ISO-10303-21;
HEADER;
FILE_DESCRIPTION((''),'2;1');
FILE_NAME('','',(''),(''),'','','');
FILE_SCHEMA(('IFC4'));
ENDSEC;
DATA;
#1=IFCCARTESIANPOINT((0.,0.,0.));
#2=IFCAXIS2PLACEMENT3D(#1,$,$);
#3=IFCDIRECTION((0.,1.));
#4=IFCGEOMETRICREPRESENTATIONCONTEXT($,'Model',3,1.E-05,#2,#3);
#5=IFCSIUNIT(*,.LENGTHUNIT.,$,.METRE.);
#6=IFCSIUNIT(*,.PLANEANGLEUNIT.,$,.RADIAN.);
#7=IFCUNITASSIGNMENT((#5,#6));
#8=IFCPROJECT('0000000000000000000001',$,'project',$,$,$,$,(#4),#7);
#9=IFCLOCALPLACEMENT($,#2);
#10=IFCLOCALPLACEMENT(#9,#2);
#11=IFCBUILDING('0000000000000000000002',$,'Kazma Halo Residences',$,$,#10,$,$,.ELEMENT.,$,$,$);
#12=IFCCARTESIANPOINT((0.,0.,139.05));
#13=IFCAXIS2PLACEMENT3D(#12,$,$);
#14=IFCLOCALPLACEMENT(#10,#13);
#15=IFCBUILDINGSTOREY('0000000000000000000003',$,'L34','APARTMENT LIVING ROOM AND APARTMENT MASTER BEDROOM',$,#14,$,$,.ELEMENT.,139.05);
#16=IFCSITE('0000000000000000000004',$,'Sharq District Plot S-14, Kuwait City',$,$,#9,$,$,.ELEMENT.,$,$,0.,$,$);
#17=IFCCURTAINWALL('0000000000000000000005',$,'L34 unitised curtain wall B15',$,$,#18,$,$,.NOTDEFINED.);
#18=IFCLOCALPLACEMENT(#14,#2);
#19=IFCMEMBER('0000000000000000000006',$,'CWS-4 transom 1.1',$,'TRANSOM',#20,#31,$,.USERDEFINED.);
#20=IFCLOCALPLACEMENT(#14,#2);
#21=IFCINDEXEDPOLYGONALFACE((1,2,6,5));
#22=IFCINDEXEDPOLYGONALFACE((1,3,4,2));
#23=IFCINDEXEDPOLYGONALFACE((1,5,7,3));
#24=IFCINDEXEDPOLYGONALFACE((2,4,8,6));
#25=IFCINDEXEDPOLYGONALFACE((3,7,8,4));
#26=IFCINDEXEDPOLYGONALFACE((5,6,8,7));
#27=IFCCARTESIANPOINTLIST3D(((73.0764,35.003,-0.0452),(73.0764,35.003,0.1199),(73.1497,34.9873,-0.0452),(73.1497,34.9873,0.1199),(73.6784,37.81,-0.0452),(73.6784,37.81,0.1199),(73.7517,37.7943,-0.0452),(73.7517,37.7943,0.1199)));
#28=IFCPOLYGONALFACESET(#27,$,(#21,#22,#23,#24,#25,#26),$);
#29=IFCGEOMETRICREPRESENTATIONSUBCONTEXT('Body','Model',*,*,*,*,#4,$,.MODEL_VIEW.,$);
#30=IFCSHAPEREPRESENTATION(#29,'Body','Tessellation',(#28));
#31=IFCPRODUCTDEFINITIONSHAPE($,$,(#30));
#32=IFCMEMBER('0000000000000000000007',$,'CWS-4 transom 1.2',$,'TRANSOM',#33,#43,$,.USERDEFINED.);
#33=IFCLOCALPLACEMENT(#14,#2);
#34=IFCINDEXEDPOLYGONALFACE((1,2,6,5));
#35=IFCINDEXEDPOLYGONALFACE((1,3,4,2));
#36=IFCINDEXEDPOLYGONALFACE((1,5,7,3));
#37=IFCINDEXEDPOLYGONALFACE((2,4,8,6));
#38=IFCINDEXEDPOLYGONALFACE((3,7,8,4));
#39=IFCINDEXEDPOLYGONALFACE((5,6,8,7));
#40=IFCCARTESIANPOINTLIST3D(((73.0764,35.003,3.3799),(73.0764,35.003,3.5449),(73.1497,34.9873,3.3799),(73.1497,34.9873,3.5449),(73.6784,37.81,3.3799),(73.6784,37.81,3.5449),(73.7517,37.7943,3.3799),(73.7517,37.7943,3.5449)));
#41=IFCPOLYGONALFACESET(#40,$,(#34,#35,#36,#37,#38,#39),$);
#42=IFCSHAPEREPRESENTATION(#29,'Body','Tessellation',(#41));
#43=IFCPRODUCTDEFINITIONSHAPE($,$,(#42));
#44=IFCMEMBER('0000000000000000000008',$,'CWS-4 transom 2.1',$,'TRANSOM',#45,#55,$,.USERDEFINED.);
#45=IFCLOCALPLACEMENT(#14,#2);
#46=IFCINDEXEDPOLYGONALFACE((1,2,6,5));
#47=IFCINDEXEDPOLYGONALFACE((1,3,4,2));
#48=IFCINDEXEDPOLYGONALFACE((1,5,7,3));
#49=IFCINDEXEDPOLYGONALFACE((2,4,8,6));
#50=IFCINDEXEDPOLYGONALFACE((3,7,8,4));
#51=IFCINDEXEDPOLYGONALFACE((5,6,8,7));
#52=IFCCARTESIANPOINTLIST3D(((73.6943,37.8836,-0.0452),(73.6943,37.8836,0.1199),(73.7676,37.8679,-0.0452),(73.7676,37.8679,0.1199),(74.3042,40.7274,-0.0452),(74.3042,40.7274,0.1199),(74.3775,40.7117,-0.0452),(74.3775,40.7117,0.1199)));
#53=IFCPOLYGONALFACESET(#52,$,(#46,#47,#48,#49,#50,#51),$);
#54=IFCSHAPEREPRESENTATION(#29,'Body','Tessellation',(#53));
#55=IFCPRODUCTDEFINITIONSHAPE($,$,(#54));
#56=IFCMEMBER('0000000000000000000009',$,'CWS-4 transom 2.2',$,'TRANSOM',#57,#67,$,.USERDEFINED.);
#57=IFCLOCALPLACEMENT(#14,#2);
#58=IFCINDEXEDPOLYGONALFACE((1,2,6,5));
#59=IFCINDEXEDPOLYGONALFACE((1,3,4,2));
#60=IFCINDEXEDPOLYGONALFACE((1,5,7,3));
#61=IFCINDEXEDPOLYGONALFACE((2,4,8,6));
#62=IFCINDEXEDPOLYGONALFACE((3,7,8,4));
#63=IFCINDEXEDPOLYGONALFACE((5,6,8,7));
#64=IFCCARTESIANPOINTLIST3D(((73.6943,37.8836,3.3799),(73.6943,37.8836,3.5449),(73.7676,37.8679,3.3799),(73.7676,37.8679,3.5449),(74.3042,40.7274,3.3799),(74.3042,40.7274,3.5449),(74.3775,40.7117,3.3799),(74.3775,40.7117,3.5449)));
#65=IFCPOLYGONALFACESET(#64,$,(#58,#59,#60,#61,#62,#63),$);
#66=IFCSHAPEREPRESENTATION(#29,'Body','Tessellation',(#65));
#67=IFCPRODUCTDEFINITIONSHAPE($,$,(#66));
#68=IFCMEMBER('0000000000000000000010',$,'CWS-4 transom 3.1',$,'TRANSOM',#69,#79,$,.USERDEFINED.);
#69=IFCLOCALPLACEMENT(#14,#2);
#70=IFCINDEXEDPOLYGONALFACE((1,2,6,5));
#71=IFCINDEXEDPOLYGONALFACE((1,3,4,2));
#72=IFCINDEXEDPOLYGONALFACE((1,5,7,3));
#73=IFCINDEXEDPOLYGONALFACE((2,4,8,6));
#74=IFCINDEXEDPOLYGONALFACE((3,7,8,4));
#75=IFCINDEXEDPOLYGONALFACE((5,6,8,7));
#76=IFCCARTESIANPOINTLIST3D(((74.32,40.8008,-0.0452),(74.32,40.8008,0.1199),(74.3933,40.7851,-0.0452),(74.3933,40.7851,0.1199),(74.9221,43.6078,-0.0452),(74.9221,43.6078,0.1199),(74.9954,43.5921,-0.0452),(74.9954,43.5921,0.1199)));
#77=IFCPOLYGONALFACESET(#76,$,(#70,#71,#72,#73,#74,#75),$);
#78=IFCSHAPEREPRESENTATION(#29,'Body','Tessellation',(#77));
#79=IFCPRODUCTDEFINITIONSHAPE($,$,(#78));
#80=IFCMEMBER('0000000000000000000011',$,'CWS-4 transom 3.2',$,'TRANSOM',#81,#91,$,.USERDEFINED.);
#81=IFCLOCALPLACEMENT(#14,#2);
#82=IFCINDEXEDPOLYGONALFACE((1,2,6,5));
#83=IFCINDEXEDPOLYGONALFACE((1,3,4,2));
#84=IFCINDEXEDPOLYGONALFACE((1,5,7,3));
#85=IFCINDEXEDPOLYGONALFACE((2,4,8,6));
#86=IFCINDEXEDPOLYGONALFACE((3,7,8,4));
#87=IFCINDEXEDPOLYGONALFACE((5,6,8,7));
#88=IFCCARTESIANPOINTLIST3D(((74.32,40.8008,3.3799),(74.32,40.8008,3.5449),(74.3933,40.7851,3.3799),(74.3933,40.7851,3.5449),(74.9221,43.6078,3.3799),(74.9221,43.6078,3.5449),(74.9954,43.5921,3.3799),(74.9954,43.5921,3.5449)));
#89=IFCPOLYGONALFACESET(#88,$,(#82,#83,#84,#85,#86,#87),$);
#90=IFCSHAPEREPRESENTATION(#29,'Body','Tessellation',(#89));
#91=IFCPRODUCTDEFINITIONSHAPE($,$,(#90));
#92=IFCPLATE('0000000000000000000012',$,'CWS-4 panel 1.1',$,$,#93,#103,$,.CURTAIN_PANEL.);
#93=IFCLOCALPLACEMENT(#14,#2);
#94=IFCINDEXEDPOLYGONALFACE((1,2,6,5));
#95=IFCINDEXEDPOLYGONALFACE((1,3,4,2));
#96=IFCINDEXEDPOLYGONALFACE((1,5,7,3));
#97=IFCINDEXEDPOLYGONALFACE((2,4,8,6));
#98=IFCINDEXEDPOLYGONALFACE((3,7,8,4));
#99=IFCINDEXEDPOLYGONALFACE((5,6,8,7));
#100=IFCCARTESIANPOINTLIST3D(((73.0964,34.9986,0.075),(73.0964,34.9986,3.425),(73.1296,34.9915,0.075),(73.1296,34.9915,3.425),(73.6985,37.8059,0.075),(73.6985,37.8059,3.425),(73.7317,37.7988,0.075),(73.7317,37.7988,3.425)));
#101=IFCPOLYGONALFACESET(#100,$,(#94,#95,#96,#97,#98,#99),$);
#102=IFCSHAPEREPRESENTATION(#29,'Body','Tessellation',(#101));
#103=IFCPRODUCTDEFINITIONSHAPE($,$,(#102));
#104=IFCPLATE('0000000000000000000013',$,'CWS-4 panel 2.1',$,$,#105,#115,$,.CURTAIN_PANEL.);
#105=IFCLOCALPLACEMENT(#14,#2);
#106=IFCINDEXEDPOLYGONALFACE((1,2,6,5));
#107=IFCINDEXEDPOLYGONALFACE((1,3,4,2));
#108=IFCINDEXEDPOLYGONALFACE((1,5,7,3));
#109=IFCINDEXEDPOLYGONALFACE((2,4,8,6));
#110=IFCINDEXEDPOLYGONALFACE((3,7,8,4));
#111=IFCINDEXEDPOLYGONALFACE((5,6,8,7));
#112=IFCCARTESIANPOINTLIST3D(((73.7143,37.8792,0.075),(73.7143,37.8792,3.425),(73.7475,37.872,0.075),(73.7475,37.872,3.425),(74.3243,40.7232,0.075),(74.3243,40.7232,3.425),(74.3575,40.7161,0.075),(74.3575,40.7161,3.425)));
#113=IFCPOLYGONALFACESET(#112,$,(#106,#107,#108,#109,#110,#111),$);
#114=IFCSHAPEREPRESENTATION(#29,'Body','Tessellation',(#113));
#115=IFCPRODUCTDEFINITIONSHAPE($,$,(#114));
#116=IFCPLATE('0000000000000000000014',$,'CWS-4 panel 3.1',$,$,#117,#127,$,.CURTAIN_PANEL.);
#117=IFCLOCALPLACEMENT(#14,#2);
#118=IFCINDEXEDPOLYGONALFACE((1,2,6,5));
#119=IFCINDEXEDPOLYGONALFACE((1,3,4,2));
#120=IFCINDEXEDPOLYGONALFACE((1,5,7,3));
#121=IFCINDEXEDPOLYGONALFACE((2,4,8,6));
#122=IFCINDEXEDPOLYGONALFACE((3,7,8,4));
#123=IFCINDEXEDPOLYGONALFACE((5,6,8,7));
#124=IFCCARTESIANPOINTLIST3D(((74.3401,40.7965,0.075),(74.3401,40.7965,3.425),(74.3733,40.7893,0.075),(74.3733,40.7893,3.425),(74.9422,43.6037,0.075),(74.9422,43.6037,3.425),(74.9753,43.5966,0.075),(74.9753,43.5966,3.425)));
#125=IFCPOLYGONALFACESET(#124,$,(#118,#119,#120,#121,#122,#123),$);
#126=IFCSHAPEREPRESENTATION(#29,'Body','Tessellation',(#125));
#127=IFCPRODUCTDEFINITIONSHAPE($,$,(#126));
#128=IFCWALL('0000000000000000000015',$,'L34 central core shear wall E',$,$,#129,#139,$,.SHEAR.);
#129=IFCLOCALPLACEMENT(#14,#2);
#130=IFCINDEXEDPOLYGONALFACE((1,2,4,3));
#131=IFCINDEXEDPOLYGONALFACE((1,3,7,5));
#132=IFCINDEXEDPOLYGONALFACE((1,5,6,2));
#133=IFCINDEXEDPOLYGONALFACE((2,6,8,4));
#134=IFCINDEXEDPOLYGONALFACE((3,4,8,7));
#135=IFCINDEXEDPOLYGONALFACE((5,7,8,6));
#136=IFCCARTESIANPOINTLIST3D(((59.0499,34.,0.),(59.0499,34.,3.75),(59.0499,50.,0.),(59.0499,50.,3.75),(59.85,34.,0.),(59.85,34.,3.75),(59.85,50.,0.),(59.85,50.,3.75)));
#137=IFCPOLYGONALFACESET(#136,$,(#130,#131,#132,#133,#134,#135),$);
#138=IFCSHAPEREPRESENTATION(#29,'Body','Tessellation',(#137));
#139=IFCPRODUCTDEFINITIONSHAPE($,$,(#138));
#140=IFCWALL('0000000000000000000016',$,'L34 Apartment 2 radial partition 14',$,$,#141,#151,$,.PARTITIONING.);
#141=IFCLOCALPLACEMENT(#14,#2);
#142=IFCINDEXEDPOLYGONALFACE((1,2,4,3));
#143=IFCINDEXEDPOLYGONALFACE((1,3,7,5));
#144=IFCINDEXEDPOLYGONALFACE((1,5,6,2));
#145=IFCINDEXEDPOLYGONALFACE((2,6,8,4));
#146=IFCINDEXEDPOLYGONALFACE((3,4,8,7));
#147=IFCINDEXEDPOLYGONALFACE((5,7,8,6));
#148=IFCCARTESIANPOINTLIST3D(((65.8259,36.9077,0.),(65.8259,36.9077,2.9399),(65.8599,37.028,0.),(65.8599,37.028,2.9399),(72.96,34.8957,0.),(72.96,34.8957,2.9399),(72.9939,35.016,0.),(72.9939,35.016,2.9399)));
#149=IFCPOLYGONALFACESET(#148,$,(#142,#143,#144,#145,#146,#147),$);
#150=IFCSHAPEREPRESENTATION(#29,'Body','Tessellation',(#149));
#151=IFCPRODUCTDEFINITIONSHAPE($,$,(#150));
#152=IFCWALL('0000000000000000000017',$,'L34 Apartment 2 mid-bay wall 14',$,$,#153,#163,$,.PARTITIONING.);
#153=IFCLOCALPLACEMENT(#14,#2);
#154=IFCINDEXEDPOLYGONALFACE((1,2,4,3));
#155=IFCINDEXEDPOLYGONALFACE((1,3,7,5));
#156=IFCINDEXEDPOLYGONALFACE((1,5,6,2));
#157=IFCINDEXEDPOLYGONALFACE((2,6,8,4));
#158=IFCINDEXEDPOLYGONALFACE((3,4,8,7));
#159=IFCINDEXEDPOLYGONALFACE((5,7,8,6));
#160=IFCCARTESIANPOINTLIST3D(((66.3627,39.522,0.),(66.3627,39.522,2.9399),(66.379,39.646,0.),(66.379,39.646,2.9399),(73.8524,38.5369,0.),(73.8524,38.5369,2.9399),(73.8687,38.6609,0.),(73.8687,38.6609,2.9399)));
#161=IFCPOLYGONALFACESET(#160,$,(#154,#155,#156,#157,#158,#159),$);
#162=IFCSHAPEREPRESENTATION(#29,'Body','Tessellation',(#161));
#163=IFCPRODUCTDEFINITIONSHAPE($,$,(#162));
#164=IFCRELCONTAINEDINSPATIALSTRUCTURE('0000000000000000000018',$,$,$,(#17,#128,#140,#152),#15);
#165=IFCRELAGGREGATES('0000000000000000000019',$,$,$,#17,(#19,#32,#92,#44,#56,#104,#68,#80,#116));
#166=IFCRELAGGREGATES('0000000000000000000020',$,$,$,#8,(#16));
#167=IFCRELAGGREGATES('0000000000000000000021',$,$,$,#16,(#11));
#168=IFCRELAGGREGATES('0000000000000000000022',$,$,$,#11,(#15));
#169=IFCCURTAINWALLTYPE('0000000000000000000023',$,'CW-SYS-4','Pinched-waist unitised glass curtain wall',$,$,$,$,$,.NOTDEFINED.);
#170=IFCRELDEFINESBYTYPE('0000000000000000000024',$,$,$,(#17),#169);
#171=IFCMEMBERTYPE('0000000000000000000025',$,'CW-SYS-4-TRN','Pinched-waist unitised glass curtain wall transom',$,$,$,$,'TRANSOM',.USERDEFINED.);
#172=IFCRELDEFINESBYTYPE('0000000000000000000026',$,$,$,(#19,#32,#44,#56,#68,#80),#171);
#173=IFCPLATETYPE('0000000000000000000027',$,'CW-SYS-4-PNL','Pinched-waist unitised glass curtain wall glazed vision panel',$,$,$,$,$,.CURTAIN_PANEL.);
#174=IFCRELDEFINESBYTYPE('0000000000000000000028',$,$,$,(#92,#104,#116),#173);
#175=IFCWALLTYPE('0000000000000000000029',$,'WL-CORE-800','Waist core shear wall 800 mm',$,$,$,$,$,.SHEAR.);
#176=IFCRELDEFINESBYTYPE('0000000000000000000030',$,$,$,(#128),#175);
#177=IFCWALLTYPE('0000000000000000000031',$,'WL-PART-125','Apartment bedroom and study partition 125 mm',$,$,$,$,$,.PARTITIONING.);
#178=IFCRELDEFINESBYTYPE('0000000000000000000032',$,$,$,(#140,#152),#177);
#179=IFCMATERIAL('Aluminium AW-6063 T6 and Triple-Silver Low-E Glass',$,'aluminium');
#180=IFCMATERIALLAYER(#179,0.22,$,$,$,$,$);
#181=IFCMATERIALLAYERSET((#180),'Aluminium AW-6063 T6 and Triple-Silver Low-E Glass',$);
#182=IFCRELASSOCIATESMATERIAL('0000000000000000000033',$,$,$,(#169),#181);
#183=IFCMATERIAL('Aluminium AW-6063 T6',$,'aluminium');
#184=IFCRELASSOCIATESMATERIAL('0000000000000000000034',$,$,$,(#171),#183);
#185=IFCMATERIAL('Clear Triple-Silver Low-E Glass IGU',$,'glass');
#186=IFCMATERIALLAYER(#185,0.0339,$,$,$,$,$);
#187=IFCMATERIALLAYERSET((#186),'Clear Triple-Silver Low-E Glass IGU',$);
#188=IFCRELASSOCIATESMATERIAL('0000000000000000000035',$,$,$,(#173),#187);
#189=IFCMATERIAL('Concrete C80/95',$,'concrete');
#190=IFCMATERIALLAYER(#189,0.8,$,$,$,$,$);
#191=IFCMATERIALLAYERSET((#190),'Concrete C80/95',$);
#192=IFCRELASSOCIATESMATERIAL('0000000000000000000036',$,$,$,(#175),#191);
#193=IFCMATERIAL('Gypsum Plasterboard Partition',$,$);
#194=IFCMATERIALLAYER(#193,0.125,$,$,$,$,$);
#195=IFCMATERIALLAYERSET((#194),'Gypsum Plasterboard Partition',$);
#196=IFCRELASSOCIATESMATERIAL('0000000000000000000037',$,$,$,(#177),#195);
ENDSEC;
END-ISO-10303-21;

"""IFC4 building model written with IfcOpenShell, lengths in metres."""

from ifc_helpers import new_model, si_unit, direction, frame, frame_2d, origin, origin_2d, place, context, subcontext, project, spatial, rectangle, extrude, material, layer, layer_set, material_profile, profile_set, type_object, element, aggregate, save


model = new_model("IFC4")

# Units and contexts
model_context = context("Model", 3, precision=1e-05, world=origin(), true_north=direction((0.0, 1.0)))
body_context = subcontext(model_context, "Body", "Model", "MODEL_VIEW")
ifc_project = project(units=[si_unit("LENGTHUNIT", "METRE"), si_unit("PLANEANGLEUNIT", "RADIAN")], contexts=[model_context])

# Site, building, storey
site_placement = place(None, origin())
site = spatial("IfcSite", under=ifc_project, at=site_placement, Name="Sharq District Plot S-14, Kuwait City", CompositionType="ELEMENT", RefElevation=0.0)
building_placement = place(site_placement, origin())
building = spatial("IfcBuilding", under=site, at=building_placement, Name="Kazma Halo Residences", CompositionType="ELEMENT")
storey_placement = place(building_placement, frame((0.0, 0.0, 139.05)))
storey = spatial("IfcBuildingStorey", under=building, at=storey_placement, Name="L34", Description="APARTMENT LIVING ROOM AND APARTMENT MASTER BEDROOM", CompositionType="ELEMENT", Elevation=139.05)

# Shared definitions
ifc_material_1 = material(Name="Concrete C80/95", Category="concrete")

# Curtain wall, members, plates
ifc_material_2 = material(Name="Aluminium AW-6063 T6 and Triple-Silver Low-E Glass", Category="aluminium")
ifc_layer_1 = layer(ifc_material_2, 0.22)
ifc_layer_set_1 = layer_set([ifc_layer_1], Name="Aluminium AW-6063 T6 and Triple-Silver Low-E Glass")
curtain_wall_type = type_object("IfcCurtainWallType", Name="CW-SYS-4", Description="Pinched-waist unitised glass curtain wall", PredefinedType="NOTDEFINED", material=ifc_layer_set_1)
curtain_wall_placement = place(storey_placement, origin())
curtain_wall = element("IfcCurtainWall", 1, at=curtain_wall_placement, inside=storey, type_object=curtain_wall_type, Name="L34 unitised curtain wall B15", PredefinedType="NOTDEFINED")
ifc_material_3 = material(Name="Aluminium AW-6063 T6", Category="aluminium")
ifc_material_profile_1 = material_profile(ifc_material_3, rectangle(XDim=0.075, YDim=0.165, at=origin_2d()), Name="CWT-75x165")
ifc_profile_set_1 = profile_set([ifc_material_profile_1], Name="Aluminium AW-6063 T6")
member_type_1 = type_object("IfcMemberType", Name="CW-SYS-4-TRN", Description="Pinched-waist unitised glass curtain wall transom", ElementType="TRANSOM", PredefinedType="USERDEFINED", material=ifc_profile_set_1)
member_1_placement = place(storey_placement, frame((73.113, 34.9951, 0.0374), z_axis=(0.209703, 0.977765, 0.0), x_axis=(-0.977765, 0.209703, 0.0)))
member_1 = element("IfcMember", 2, at=member_1_placement, type_object=member_type_1, Name="CWS-4 transom 1.1", ObjectType="TRANSOM", PredefinedType="USERDEFINED", context=body_context, shape_type="SweptSolid", body=[
    extrude(rectangle(XDim=0.075, YDim=0.165, at=origin_2d()), origin(), (0.0, 0.0, 1.0), 2.8708),
])
member_2_placement = place(storey_placement, frame((73.113, 34.9951, 3.4624), z_axis=(0.209703, 0.977765, 0.0), x_axis=(-0.977765, 0.209703, 0.0)))
member_2 = element("IfcMember", 3, at=member_2_placement, type_object=member_type_1, Name="CWS-4 transom 1.2", ObjectType="TRANSOM", PredefinedType="USERDEFINED", context=body_context, shape_type="SweptSolid", body=[
    extrude(rectangle(XDim=0.075, YDim=0.165, at=origin_2d()), origin(), (0.0, 0.0, 1.0), 2.8708),
])
member_3_placement = place(storey_placement, frame((73.731, 37.8757, 0.0374), z_axis=(0.20969, 0.977768, 0.0), x_axis=(-0.977768, 0.20969, 0.0)))
member_3 = element("IfcMember", 4, at=member_3_placement, type_object=member_type_1, Name="CWS-4 transom 2.1", ObjectType="TRANSOM", PredefinedType="USERDEFINED", context=body_context, shape_type="SweptSolid", body=[
    extrude(rectangle(XDim=0.075, YDim=0.165, at=origin_2d()), origin(), (0.0, 0.0, 1.0), 2.9084),
])
member_4_placement = place(storey_placement, frame((73.731, 37.8757, 3.4624), z_axis=(0.20969, 0.977768, 0.0), x_axis=(-0.977768, 0.20969, 0.0)))
member_4 = element("IfcMember", 5, at=member_4_placement, type_object=member_type_1, Name="CWS-4 transom 2.2", ObjectType="TRANSOM", PredefinedType="USERDEFINED", context=body_context, shape_type="SweptSolid", body=[
    extrude(rectangle(XDim=0.075, YDim=0.165, at=origin_2d()), origin(), (0.0, 0.0, 1.0), 2.9084),
])
member_5_placement = place(storey_placement, frame((74.3567, 40.793, 0.0374), z_axis=(0.209703, 0.977765, 0.0), x_axis=(-0.977765, 0.209703, 0.0)))
member_5 = element("IfcMember", 6, at=member_5_placement, type_object=member_type_1, Name="CWS-4 transom 3.1", ObjectType="TRANSOM", PredefinedType="USERDEFINED", context=body_context, shape_type="SweptSolid", body=[
    extrude(rectangle(XDim=0.075, YDim=0.165, at=origin_2d()), origin(), (0.0, 0.0, 1.0), 2.8708),
])
member_6_placement = place(storey_placement, frame((74.3567, 40.793, 3.4624), z_axis=(0.209703, 0.977765, 0.0), x_axis=(-0.977765, 0.209703, 0.0)))
member_6 = element("IfcMember", 7, at=member_6_placement, type_object=member_type_1, Name="CWS-4 transom 3.2", ObjectType="TRANSOM", PredefinedType="USERDEFINED", context=body_context, shape_type="SweptSolid", body=[
    extrude(rectangle(XDim=0.075, YDim=0.165, at=origin_2d()), origin(), (0.0, 0.0, 1.0), 2.8708),
])
ifc_material_4 = material(Name="Clear Triple-Silver Low-E Glass IGU", Category="glass")
ifc_layer_2 = layer(ifc_material_4, 0.0339)
ifc_layer_set_2 = layer_set([ifc_layer_2], Name="Clear Triple-Silver Low-E Glass IGU")
plate_type = type_object("IfcPlateType", Name="CW-SYS-4-PNL", Description="Pinched-waist unitised glass curtain wall glazed vision panel", PredefinedType="CURTAIN_PANEL", material=ifc_layer_set_2)
plate_1_placement = place(storey_placement, frame((73.4141, 36.3987, 0.075), z_axis=(0.0, 0.0, 1.0), x_axis=(0.209704, 0.977765, 0.0)))
plate_1 = element("IfcPlate", 8, at=plate_1_placement, type_object=plate_type, Name="CWS-4 panel 1.1", PredefinedType="CURTAIN_PANEL", context=body_context, shape_type="SweptSolid", body=[
    extrude(rectangle(XDim=2.8711, YDim=0.0339, at=origin_2d()), origin(), (0.0, 0.0, 1.0), 3.3501),
])
plate_2_placement = place(storey_placement, frame((74.0359, 39.2976, 0.075), z_axis=(0.0, 0.0, 1.0), x_axis=(0.209704, 0.977765, 0.0)))
plate_2 = element("IfcPlate", 9, at=plate_2_placement, type_object=plate_type, Name="CWS-4 panel 2.1", PredefinedType="CURTAIN_PANEL", context=body_context, shape_type="SweptSolid", body=[
    extrude(rectangle(XDim=2.9087, YDim=0.0339, at=origin_2d()), origin(), (0.0, 0.0, 1.0), 3.3501),
])
plate_3_placement = place(storey_placement, frame((74.6577, 42.1965, 0.075), z_axis=(0.0, 0.0, 1.0), x_axis=(0.209704, 0.977765, 0.0)))
plate_3 = element("IfcPlate", 10, at=plate_3_placement, type_object=plate_type, Name="CWS-4 panel 3.1", PredefinedType="CURTAIN_PANEL", context=body_context, shape_type="SweptSolid", body=[
    extrude(rectangle(XDim=2.8711, YDim=0.0339, at=origin_2d()), origin(), (0.0, 0.0, 1.0), 3.3501),
])
aggregate(curtain_wall, [member_1, member_2, plate_1, member_3, member_4, plate_2, member_5, member_6, plate_3])

# Walls
ifc_layer_3 = layer(ifc_material_1, 0.8)
ifc_layer_set_3 = layer_set([ifc_layer_3], Name="Concrete C80/95")
wall_type_1 = type_object("IfcWallType", Name="WL-CORE-800", Description="Waist core shear wall 800 mm", PredefinedType="SHEAR", material=ifc_layer_set_3)
wall_1_placement = place(storey_placement, frame((59.45, 34.0, 0.0), z_axis=(0.0, 0.0, 1.0), x_axis=(0.0, 1.0, 0.0)))
element("IfcWall", 11, at=wall_1_placement, inside=storey, type_object=wall_type_1, Name="L34 central core shear wall E", PredefinedType="SHEAR", context=body_context, shape_type="SweptSolid", body=[
    extrude(rectangle(XDim=16.0, YDim=0.8, at=frame_2d((8.0, 0.0))), origin(), (0.0, 0.0, 1.0), 3.75),
])
ifc_material_5 = material(Name="Gypsum Plasterboard Partition")
ifc_layer_4 = layer(ifc_material_5, 0.125)
ifc_layer_set_4 = layer_set([ifc_layer_4], Name="Gypsum Plasterboard Partition")
wall_type_2 = type_object("IfcWallType", Name="WL-PART-125", Description="Apartment bedroom and study partition 125 mm", PredefinedType="PARTITIONING", material=ifc_layer_set_4)
wall_2_placement = place(storey_placement, frame((65.843, 36.9678, 0.0), z_axis=(0.0, 0.0, 1.0), x_axis=(0.962457, -0.271435, 0.0)))
element("IfcWall", 12, at=wall_2_placement, inside=storey, type_object=wall_type_2, Name="L34 Apartment 2 radial partition 14", PredefinedType="PARTITIONING", context=body_context, shape_type="SweptSolid", body=[
    extrude(rectangle(XDim=7.4124, YDim=0.125, at=frame_2d((3.7061, 0.0))), origin(), (0.0, 0.0, 1.0), 2.9399),
])
wall_3_placement = place(storey_placement, frame((66.3708, 39.584, 0.0), z_axis=(0.0, 0.0, 1.0), x_axis=(0.991461, -0.130404, 0.0)))
element("IfcWall", 13, at=wall_3_placement, inside=storey, type_object=wall_type_2, Name="L34 Apartment 2 mid-bay wall 14", PredefinedType="PARTITIONING", context=body_context, shape_type="SweptSolid", body=[
    extrude(rectangle(XDim=7.5542, YDim=0.125, at=frame_2d((3.7771, 0.0))), origin(), (0.0, 0.0, 1.0), 2.9399),
])

save(model, "model.ifc")
